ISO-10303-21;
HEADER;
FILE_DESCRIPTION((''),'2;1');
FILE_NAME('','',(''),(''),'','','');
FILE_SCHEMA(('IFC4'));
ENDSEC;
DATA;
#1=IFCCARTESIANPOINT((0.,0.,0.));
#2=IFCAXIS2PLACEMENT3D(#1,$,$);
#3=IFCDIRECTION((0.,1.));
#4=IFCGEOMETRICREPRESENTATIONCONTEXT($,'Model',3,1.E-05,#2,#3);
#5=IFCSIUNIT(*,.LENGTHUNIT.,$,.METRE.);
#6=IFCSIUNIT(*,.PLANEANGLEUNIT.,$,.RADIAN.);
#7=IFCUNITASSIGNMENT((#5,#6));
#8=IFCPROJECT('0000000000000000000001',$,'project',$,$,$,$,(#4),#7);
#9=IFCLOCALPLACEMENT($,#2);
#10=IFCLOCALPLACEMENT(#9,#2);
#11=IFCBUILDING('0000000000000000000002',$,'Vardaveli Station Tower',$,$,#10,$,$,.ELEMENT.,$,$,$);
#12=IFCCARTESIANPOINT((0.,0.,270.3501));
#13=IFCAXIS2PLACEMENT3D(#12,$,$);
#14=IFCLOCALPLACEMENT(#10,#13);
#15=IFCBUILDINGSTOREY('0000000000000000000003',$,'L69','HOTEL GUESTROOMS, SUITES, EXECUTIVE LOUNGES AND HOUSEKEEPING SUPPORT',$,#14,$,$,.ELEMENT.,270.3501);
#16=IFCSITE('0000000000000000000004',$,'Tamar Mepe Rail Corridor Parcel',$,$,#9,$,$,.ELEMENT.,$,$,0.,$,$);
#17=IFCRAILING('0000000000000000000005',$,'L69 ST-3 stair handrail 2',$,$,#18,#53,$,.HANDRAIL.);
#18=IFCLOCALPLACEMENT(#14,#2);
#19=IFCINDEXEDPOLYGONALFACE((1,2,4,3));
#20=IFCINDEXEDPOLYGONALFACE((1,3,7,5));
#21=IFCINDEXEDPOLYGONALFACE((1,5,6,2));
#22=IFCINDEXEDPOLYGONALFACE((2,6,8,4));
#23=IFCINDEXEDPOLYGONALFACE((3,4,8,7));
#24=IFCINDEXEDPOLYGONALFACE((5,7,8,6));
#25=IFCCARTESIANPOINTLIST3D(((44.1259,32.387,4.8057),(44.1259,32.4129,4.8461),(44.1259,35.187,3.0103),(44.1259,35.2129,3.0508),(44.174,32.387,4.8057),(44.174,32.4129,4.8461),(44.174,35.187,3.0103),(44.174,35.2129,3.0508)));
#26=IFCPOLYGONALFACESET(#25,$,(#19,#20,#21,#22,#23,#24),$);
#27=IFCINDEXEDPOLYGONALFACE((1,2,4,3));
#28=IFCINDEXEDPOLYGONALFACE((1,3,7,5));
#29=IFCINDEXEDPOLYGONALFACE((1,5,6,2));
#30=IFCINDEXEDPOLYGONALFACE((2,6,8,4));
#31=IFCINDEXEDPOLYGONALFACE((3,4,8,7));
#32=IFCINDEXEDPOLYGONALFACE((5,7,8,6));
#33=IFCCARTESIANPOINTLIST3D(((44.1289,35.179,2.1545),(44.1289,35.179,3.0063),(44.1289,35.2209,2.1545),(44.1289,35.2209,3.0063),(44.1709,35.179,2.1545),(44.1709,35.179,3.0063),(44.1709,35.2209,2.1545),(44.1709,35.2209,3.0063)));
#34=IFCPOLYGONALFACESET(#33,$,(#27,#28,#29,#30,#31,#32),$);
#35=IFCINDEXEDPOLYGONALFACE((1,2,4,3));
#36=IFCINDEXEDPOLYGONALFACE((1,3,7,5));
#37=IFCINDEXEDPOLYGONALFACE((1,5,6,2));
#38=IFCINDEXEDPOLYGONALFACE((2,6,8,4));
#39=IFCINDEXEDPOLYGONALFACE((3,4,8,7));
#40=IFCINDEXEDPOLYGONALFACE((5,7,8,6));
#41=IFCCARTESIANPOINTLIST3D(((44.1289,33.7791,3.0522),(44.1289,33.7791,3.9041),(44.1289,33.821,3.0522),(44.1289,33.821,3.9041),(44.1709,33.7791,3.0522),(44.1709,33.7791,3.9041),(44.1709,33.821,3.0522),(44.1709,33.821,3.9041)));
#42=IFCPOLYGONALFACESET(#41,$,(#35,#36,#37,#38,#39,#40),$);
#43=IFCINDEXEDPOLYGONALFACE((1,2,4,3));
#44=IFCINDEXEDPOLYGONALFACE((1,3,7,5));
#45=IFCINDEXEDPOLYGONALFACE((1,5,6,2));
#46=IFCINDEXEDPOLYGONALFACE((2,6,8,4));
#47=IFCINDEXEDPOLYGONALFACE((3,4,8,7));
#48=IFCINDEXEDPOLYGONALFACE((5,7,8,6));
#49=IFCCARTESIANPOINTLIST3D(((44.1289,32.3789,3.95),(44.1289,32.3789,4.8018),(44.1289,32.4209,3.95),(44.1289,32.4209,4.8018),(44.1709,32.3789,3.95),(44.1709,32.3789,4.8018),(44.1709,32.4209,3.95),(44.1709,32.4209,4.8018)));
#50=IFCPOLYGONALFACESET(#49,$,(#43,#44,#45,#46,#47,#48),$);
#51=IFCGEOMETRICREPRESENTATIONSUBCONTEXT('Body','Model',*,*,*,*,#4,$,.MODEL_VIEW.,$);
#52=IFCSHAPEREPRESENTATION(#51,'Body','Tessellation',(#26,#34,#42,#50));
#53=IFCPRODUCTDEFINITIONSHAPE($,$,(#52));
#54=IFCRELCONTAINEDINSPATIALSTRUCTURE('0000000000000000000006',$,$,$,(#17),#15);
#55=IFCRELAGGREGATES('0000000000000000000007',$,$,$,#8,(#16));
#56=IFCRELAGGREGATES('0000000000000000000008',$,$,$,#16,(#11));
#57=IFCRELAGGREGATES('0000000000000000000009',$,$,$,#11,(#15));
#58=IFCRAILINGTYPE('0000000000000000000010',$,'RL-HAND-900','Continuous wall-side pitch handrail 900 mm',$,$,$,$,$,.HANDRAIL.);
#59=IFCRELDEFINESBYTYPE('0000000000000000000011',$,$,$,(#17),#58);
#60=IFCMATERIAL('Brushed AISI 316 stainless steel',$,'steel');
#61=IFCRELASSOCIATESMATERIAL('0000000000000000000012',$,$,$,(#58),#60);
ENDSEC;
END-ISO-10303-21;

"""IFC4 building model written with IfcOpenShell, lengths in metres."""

from ifc_helpers import new_model, si_unit, direction, frame, origin, origin_2d, place, context, subcontext, project, spatial, rectangle, extrude, source, transform, mapped, material, type_object, element, save


model = new_model("IFC4")

# Units and contexts
model_context = context("Model", 3, precision=1e-05, world=origin(), true_north=direction((0.0, 1.0)))
body_context = subcontext(model_context, "Body", "Model", "MODEL_VIEW")
ifc_project = project(units=[si_unit("LENGTHUNIT", "METRE"), si_unit("PLANEANGLEUNIT", "RADIAN")], contexts=[model_context])

# Site, building, storey
site_placement = place(None, origin())
site = spatial("IfcSite", under=ifc_project, at=site_placement, Name="Tamar Mepe Rail Corridor Parcel", CompositionType="ELEMENT", RefElevation=0.0)
building_placement = place(site_placement, origin())
building = spatial("IfcBuilding", under=site, at=building_placement, Name="Vardaveli Station Tower", CompositionType="ELEMENT")
storey_placement = place(building_placement, frame((0.0, 0.0, 270.3501)))
storey = spatial("IfcBuildingStorey", under=building, at=storey_placement, Name="L69", Description="HOTEL GUESTROOMS, SUITES, EXECUTIVE LOUNGES AND HOUSEKEEPING SUPPORT", CompositionType="ELEMENT", Elevation=270.3501)

# Railing
ifc_material_1 = material(Name="Brushed AISI 316 stainless steel", Category="steel")
railing_type_1 = type_object("IfcRailingType", Name="RL-HAND-900", Description="Continuous wall-side pitch handrail 900 mm", PredefinedType="HANDRAIL", material=ifc_material_1)
shared_shape_1 = source(origin(), body_context, "Body", "SweptSolid", [
    extrude(rectangle(XDim=0.0481, YDim=0.0481, at=origin_2d()), frame((0.0, 0.0, 0.876), z_axis=(0.0, -0.84181, 0.539774), x_axis=(1.0, 0.0, 0.0)), (0.0, 0.0, 1.0), 3.3262),
    extrude(rectangle(XDim=0.042, YDim=0.042, at=origin_2d()), origin(), (0.0, 0.0, 1.0), 0.8518),
    extrude(rectangle(XDim=0.042, YDim=0.042, at=origin_2d()), frame((0.0, -1.3999, 0.8977)), (0.0, 0.0, 1.0), 0.8518),
    extrude(rectangle(XDim=0.042, YDim=0.042, at=origin_2d()), frame((0.0, -2.8, 1.7954)), (0.0, 0.0, 1.0), 0.8518),
])
railing_1_placement = place(storey_placement, frame((44.1499, 35.2, 2.1545)))
element("IfcRailing", 1, at=railing_1_placement, inside=storey, type_object=railing_type_1, Name="L69 ST-3 stair handrail 2", PredefinedType="HANDRAIL", context=body_context, shape_type="MappedRepresentation", body=[
    mapped(shared_shape_1, transform((0.0, 0.0, 0.0), scale=1.0)),
])

save(model, "model.ifc")
